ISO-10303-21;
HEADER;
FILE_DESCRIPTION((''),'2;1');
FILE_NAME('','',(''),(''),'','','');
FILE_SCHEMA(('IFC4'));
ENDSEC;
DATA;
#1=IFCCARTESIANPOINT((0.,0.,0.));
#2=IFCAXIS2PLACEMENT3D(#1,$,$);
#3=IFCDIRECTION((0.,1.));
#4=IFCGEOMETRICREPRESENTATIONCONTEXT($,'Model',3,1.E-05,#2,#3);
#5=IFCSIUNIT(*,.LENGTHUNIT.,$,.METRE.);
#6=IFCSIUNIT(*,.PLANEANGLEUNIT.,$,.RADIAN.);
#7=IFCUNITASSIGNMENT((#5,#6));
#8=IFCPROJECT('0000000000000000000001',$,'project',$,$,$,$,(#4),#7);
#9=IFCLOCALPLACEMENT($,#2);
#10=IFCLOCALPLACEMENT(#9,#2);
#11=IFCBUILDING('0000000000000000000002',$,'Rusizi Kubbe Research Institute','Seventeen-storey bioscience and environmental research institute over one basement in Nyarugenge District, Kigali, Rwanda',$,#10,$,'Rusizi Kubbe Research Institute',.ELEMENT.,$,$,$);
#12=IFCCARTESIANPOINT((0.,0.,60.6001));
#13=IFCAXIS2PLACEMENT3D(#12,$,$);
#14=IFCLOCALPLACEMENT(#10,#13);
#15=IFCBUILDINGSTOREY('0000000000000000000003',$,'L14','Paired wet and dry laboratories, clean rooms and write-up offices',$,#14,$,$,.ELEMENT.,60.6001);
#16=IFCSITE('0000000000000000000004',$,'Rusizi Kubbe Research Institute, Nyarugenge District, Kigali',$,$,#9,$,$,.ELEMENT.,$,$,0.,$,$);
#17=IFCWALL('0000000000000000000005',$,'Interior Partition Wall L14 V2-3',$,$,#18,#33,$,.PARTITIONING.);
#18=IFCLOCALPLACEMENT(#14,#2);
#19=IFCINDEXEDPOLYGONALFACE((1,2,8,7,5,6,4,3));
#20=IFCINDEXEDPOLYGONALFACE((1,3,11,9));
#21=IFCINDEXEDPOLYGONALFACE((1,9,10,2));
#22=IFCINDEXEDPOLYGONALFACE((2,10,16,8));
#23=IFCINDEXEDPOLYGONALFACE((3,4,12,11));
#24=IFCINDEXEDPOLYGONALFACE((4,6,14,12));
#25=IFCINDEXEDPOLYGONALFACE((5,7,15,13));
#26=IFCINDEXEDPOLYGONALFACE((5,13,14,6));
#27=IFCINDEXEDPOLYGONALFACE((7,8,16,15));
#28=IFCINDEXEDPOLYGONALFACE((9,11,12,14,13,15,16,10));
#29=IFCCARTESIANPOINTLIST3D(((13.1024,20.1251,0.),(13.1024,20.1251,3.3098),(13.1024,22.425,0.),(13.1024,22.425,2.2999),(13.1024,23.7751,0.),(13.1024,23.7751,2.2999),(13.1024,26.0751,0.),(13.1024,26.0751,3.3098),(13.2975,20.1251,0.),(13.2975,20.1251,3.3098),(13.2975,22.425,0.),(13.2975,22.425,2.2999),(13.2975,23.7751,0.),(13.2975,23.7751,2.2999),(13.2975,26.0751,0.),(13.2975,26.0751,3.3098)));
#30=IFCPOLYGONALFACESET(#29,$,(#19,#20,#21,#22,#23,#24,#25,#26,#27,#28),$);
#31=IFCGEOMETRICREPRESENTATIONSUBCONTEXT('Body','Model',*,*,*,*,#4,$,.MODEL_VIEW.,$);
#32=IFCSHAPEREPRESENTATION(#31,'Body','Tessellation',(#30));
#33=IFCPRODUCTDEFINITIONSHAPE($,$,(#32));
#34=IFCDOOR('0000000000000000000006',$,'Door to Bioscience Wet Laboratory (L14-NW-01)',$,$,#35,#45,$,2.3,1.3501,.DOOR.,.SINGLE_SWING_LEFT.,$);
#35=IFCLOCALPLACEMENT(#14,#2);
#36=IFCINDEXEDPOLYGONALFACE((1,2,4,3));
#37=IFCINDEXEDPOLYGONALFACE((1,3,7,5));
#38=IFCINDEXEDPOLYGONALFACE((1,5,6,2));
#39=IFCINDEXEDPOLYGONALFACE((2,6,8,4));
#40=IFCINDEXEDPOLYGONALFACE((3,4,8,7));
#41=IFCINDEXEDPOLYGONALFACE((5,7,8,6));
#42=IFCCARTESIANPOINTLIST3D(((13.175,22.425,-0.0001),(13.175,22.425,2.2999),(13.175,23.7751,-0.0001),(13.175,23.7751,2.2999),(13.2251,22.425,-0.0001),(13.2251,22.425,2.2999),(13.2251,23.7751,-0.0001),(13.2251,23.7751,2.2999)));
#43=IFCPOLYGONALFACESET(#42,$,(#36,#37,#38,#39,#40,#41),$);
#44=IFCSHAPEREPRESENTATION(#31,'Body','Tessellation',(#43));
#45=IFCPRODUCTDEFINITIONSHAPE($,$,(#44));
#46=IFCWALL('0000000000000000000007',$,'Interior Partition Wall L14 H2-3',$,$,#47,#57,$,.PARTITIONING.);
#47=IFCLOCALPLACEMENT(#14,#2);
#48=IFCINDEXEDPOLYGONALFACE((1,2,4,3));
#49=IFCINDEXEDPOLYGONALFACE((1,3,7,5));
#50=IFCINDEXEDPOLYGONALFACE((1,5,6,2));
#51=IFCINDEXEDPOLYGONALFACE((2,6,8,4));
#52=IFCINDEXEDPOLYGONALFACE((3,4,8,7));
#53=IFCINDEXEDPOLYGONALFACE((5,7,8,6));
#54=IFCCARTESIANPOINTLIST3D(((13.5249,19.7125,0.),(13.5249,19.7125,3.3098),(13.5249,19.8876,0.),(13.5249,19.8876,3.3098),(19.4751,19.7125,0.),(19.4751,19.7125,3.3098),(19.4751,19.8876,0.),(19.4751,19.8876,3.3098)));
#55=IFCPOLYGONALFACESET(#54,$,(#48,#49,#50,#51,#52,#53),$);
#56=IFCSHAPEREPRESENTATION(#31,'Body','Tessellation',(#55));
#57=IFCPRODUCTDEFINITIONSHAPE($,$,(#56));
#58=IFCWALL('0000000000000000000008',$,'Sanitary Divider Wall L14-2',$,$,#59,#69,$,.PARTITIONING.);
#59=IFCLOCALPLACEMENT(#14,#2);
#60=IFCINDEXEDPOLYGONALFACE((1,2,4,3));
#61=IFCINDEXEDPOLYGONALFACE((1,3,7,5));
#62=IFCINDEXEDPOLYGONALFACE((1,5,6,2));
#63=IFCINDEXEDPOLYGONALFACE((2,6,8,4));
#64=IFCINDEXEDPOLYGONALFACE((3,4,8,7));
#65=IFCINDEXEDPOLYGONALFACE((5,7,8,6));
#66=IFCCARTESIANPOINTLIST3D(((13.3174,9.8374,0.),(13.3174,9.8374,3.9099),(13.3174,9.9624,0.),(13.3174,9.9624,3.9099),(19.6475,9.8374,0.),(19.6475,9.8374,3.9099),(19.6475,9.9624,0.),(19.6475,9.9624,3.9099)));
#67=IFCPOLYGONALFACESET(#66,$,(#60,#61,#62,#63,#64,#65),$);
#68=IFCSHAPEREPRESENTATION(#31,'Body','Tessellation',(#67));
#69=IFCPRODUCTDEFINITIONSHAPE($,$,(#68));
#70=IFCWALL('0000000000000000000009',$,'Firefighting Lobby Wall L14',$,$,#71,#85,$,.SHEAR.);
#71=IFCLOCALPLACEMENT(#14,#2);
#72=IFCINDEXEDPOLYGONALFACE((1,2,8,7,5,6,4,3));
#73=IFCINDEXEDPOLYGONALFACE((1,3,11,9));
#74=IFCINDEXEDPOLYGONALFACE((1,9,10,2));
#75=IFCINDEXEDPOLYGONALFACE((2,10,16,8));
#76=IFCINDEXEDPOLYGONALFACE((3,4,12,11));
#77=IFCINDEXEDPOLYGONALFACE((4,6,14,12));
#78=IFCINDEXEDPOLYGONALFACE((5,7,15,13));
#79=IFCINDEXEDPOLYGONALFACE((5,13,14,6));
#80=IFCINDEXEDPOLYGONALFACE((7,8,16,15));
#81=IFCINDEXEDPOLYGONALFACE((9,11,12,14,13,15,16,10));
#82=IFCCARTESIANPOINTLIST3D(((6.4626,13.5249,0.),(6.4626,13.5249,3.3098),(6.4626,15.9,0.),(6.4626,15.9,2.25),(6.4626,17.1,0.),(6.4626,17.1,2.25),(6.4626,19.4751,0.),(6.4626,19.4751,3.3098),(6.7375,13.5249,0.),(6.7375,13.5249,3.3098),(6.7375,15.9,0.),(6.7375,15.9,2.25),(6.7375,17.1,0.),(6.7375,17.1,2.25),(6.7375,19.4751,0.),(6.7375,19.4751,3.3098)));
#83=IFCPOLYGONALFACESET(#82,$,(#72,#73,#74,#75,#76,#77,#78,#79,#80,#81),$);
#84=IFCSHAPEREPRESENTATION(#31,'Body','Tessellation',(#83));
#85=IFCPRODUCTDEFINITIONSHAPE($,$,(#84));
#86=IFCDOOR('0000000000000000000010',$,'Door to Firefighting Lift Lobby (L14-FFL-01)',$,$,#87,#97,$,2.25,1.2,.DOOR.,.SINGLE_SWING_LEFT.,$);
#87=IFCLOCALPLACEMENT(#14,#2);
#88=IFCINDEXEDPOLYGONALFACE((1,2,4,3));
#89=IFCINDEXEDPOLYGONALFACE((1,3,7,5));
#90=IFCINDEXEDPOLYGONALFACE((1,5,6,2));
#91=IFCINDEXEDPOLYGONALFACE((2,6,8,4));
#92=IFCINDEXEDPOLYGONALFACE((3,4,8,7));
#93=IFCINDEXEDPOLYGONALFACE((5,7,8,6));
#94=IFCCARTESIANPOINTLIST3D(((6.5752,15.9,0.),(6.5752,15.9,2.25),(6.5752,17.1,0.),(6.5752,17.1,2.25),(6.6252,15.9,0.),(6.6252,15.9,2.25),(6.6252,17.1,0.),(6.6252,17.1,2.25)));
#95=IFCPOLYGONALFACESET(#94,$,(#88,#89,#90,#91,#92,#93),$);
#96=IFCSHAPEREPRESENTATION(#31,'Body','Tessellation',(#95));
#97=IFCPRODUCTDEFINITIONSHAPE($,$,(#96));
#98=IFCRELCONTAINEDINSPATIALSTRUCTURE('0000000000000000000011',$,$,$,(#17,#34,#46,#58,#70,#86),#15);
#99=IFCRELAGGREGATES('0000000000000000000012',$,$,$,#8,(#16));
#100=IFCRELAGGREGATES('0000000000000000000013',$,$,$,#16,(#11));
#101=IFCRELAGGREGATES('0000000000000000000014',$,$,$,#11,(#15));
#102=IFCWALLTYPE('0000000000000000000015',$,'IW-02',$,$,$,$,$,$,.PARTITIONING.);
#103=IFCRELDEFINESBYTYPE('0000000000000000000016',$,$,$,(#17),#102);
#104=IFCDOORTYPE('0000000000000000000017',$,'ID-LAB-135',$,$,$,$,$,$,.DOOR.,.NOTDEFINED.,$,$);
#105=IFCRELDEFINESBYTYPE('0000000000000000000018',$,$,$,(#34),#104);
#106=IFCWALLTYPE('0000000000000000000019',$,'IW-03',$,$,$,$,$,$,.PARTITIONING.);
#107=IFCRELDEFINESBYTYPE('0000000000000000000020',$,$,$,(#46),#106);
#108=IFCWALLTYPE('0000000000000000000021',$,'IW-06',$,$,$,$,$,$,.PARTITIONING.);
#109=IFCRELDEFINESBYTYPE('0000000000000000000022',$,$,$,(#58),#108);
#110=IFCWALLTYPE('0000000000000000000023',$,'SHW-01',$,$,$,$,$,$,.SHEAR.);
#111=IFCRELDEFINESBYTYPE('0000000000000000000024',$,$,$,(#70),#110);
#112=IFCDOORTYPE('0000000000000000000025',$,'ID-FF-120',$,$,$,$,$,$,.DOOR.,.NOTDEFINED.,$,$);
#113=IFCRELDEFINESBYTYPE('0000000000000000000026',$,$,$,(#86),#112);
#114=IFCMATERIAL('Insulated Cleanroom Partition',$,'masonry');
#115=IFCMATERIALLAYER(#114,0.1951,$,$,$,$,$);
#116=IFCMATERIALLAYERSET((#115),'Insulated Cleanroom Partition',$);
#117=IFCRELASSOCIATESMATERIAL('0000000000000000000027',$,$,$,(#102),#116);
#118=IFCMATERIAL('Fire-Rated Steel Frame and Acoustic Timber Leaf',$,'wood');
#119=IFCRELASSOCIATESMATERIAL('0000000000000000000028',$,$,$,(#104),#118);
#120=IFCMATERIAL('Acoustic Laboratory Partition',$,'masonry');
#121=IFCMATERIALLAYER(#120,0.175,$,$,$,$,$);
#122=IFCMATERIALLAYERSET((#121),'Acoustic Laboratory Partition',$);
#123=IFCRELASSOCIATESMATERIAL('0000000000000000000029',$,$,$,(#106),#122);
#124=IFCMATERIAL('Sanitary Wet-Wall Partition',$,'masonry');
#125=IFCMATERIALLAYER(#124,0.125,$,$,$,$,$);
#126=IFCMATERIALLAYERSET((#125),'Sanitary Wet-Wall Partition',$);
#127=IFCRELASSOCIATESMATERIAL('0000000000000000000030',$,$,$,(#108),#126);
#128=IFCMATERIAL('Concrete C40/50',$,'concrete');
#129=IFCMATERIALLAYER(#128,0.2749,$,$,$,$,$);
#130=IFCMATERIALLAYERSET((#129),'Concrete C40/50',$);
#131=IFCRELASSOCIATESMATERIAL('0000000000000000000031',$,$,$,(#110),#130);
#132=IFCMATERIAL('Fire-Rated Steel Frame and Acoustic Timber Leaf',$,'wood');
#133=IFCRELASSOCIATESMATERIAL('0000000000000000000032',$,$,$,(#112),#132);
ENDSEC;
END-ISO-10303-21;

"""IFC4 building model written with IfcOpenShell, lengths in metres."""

from ifc_helpers import new_model, si_unit, direction, frame, frame_2d, origin, place, context, subcontext, project, spatial, rectangle, extrude, material, layer, layer_set, type_object, element, fill, save


model = new_model("IFC4")

# Units and contexts
model_context = context("Model", 3, precision=1e-05, world=origin(), true_north=direction((0.0, 1.0)))
body_context = subcontext(model_context, "Body", "Model", "MODEL_VIEW")
ifc_project = project(units=[si_unit("LENGTHUNIT", "METRE"), si_unit("PLANEANGLEUNIT", "RADIAN")], contexts=[model_context])

# Site, building, storey
site_placement = place(None, origin())
site = spatial("IfcSite", under=ifc_project, at=site_placement, Name="Rusizi Kubbe Research Institute, Nyarugenge District, Kigali", CompositionType="ELEMENT", RefElevation=0.0)
building_placement = place(site_placement, origin())
building = spatial("IfcBuilding", under=site, at=building_placement, Name="Rusizi Kubbe Research Institute", Description="Seventeen-storey bioscience and environmental research institute over one basement in Nyarugenge District, Kigali, Rwanda", LongName="Rusizi Kubbe Research Institute", CompositionType="ELEMENT")
storey_placement = place(building_placement, frame((0.0, 0.0, 60.6001)))
storey = spatial("IfcBuildingStorey", under=building, at=storey_placement, Name="L14", Description="Paired wet and dry laboratories, clean rooms and write-up offices", CompositionType="ELEMENT", Elevation=60.6001)

# Shared definitions
ifc_material_1 = material(Name="Insulated Cleanroom Partition", Category="masonry")
ifc_layer_1 = layer(ifc_material_1, 0.1951)
ifc_layer_set_1 = layer_set([ifc_layer_1], Name="Insulated Cleanroom Partition")
wall_type_1 = type_object("IfcWallType", Name="IW-02", PredefinedType="PARTITIONING", material=ifc_layer_set_1)

# Wall, opening, door
wall_1_placement = place(storey_placement, frame((13.2, 20.125, 0.0), z_axis=(0.0, 0.0, 1.0), x_axis=(0.0, 1.0, 0.0)))
wall_1 = element("IfcWall", 1, at=wall_1_placement, inside=storey, type_object=wall_type_1, Name="Interior Partition Wall L14 V2-3", PredefinedType="PARTITIONING", context=body_context, shape_type="SweptSolid", body=[
    extrude(rectangle(XDim=5.95, YDim=0.1951, at=frame_2d((2.9751, 0.0))), origin(), (0.0, 0.0, 1.0), 3.3098),
])
opening_1_placement = place(wall_1_placement, frame((2.3, 0.0, 0.0)))
opening_1 = element("IfcOpeningElement", 2, at=opening_1_placement, cuts=wall_1, PredefinedType="OPENING", context=body_context, shape_type="SweptSolid", body=[
    extrude(rectangle(XDim=1.3501, YDim=2.3, at=frame_2d((0.675, 1.1499))), frame((0.0, 0.1074, 0.0), z_axis=(0.0, -1.0, 0.0), x_axis=(1.0, 0.0, 0.0)), (0.0, 0.0, 1.0), 0.2151),
])
ifc_material_2 = material(Name="Fire-Rated Steel Frame and Acoustic Timber Leaf", Category="wood")
door_type_1 = type_object("IfcDoorType", Name="ID-LAB-135", OperationType="NOTDEFINED", PredefinedType="DOOR", material=ifc_material_2)
door_1_placement = place(opening_1_placement, origin())
door_1 = element("IfcDoor", 3, at=door_1_placement, inside=storey, type_object=door_type_1, Name="Door to Bioscience Wet Laboratory (L14-NW-01)", OperationType="SINGLE_SWING_LEFT", OverallHeight=2.3, OverallWidth=1.3501, PredefinedType="DOOR", context=body_context, shape_type="SweptSolid", body=[
    extrude(rectangle(XDim=1.3501, YDim=2.3, at=frame_2d((0.675, 1.1499))), frame((0.0, 0.0249, 0.0), z_axis=(0.0, -1.0, 0.0), x_axis=(1.0, 0.0, 0.0)), (0.0, 0.0, 1.0), 0.05),
])
fill(opening_1, door_1)

# Walls
ifc_material_3 = material(Name="Acoustic Laboratory Partition", Category="masonry")
ifc_layer_2 = layer(ifc_material_3, 0.175)
ifc_layer_set_2 = layer_set([ifc_layer_2], Name="Acoustic Laboratory Partition")
wall_type_2 = type_object("IfcWallType", Name="IW-03", PredefinedType="PARTITIONING", material=ifc_layer_set_2)
wall_2_placement = place(storey_placement, frame((13.5249, 19.8, 0.0), z_axis=(0.0, 0.0, 1.0), x_axis=(1.0, 0.0, 0.0)))
element("IfcWall", 4, at=wall_2_placement, inside=storey, type_object=wall_type_2, Name="Interior Partition Wall L14 H2-3", PredefinedType="PARTITIONING", context=body_context, shape_type="SweptSolid", body=[
    extrude(rectangle(XDim=5.9502, YDim=0.175, at=frame_2d((2.9751, 0.0))), origin(), (0.0, 0.0, 1.0), 3.3098),
])
ifc_material_4 = material(Name="Sanitary Wet-Wall Partition", Category="masonry")
ifc_layer_3 = layer(ifc_material_4, 0.125)
ifc_layer_set_3 = layer_set([ifc_layer_3], Name="Sanitary Wet-Wall Partition")
wall_type_3 = type_object("IfcWallType", Name="IW-06", PredefinedType="PARTITIONING", material=ifc_layer_set_3)
wall_3_placement = place(storey_placement, frame((13.3174, 9.8999, 0.0), z_axis=(0.0, 0.0, 1.0), x_axis=(1.0, 0.0, 0.0)))
element("IfcWall", 5, at=wall_3_placement, inside=storey, type_object=wall_type_3, Name="Sanitary Divider Wall L14-2", PredefinedType="PARTITIONING", context=body_context, shape_type="SweptSolid", body=[
    extrude(rectangle(XDim=6.3301, YDim=0.125, at=frame_2d((3.165, 0.0))), origin(), (0.0, 0.0, 1.0), 3.9099),
])

# Wall, opening, door
ifc_material_5 = material(Name="Concrete C40/50", Category="concrete")
ifc_layer_4 = layer(ifc_material_5, 0.2749)
ifc_layer_set_4 = layer_set([ifc_layer_4], Name="Concrete C40/50")
wall_type_4 = type_object("IfcWallType", Name="SHW-01", PredefinedType="SHEAR", material=ifc_layer_set_4)
wall_4_placement = place(storey_placement, frame((6.6001, 13.5249, 0.0), z_axis=(0.0, 0.0, 1.0), x_axis=(0.0, 1.0, 0.0)))
wall_4 = element("IfcWall", 6, at=wall_4_placement, inside=storey, type_object=wall_type_4, Name="Firefighting Lobby Wall L14", PredefinedType="SHEAR", context=body_context, shape_type="SweptSolid", body=[
    extrude(rectangle(XDim=5.9502, YDim=0.2749, at=frame_2d((2.9751, 0.0))), origin(), (0.0, 0.0, 1.0), 3.3098),
])
opening_2_placement = place(wall_4_placement, frame((2.375, 0.0, 0.0)))
opening_2 = element("IfcOpeningElement", 7, at=opening_2_placement, cuts=wall_4, PredefinedType="OPENING", context=body_context, shape_type="SweptSolid", body=[
    extrude(rectangle(XDim=1.2, YDim=2.25, at=frame_2d((0.6001, 1.125))), frame((0.0, 0.1475, 0.0), z_axis=(0.0, -1.0, 0.0), x_axis=(1.0, 0.0, 0.0)), (0.0, 0.0, 1.0), 0.2949),
])
ifc_material_6 = material(Name="Fire-Rated Steel Frame and Acoustic Timber Leaf", Category="wood")
door_type_2 = type_object("IfcDoorType", Name="ID-FF-120", OperationType="NOTDEFINED", PredefinedType="DOOR", material=ifc_material_6)
door_2_placement = place(opening_2_placement, origin())
door_2 = element("IfcDoor", 8, at=door_2_placement, inside=storey, type_object=door_type_2, Name="Door to Firefighting Lift Lobby (L14-FFL-01)", OperationType="SINGLE_SWING_LEFT", OverallHeight=2.25, OverallWidth=1.2, PredefinedType="DOOR", context=body_context, shape_type="SweptSolid", body=[
    extrude(rectangle(XDim=1.2, YDim=2.25, at=frame_2d((0.6001, 1.125))), frame((0.0, 0.0249, 0.0), z_axis=(0.0, -1.0, 0.0), x_axis=(1.0, 0.0, 0.0)), (0.0, 0.0, 1.0), 0.05),
])
fill(opening_2, door_2)

save(model, "model.ifc")
